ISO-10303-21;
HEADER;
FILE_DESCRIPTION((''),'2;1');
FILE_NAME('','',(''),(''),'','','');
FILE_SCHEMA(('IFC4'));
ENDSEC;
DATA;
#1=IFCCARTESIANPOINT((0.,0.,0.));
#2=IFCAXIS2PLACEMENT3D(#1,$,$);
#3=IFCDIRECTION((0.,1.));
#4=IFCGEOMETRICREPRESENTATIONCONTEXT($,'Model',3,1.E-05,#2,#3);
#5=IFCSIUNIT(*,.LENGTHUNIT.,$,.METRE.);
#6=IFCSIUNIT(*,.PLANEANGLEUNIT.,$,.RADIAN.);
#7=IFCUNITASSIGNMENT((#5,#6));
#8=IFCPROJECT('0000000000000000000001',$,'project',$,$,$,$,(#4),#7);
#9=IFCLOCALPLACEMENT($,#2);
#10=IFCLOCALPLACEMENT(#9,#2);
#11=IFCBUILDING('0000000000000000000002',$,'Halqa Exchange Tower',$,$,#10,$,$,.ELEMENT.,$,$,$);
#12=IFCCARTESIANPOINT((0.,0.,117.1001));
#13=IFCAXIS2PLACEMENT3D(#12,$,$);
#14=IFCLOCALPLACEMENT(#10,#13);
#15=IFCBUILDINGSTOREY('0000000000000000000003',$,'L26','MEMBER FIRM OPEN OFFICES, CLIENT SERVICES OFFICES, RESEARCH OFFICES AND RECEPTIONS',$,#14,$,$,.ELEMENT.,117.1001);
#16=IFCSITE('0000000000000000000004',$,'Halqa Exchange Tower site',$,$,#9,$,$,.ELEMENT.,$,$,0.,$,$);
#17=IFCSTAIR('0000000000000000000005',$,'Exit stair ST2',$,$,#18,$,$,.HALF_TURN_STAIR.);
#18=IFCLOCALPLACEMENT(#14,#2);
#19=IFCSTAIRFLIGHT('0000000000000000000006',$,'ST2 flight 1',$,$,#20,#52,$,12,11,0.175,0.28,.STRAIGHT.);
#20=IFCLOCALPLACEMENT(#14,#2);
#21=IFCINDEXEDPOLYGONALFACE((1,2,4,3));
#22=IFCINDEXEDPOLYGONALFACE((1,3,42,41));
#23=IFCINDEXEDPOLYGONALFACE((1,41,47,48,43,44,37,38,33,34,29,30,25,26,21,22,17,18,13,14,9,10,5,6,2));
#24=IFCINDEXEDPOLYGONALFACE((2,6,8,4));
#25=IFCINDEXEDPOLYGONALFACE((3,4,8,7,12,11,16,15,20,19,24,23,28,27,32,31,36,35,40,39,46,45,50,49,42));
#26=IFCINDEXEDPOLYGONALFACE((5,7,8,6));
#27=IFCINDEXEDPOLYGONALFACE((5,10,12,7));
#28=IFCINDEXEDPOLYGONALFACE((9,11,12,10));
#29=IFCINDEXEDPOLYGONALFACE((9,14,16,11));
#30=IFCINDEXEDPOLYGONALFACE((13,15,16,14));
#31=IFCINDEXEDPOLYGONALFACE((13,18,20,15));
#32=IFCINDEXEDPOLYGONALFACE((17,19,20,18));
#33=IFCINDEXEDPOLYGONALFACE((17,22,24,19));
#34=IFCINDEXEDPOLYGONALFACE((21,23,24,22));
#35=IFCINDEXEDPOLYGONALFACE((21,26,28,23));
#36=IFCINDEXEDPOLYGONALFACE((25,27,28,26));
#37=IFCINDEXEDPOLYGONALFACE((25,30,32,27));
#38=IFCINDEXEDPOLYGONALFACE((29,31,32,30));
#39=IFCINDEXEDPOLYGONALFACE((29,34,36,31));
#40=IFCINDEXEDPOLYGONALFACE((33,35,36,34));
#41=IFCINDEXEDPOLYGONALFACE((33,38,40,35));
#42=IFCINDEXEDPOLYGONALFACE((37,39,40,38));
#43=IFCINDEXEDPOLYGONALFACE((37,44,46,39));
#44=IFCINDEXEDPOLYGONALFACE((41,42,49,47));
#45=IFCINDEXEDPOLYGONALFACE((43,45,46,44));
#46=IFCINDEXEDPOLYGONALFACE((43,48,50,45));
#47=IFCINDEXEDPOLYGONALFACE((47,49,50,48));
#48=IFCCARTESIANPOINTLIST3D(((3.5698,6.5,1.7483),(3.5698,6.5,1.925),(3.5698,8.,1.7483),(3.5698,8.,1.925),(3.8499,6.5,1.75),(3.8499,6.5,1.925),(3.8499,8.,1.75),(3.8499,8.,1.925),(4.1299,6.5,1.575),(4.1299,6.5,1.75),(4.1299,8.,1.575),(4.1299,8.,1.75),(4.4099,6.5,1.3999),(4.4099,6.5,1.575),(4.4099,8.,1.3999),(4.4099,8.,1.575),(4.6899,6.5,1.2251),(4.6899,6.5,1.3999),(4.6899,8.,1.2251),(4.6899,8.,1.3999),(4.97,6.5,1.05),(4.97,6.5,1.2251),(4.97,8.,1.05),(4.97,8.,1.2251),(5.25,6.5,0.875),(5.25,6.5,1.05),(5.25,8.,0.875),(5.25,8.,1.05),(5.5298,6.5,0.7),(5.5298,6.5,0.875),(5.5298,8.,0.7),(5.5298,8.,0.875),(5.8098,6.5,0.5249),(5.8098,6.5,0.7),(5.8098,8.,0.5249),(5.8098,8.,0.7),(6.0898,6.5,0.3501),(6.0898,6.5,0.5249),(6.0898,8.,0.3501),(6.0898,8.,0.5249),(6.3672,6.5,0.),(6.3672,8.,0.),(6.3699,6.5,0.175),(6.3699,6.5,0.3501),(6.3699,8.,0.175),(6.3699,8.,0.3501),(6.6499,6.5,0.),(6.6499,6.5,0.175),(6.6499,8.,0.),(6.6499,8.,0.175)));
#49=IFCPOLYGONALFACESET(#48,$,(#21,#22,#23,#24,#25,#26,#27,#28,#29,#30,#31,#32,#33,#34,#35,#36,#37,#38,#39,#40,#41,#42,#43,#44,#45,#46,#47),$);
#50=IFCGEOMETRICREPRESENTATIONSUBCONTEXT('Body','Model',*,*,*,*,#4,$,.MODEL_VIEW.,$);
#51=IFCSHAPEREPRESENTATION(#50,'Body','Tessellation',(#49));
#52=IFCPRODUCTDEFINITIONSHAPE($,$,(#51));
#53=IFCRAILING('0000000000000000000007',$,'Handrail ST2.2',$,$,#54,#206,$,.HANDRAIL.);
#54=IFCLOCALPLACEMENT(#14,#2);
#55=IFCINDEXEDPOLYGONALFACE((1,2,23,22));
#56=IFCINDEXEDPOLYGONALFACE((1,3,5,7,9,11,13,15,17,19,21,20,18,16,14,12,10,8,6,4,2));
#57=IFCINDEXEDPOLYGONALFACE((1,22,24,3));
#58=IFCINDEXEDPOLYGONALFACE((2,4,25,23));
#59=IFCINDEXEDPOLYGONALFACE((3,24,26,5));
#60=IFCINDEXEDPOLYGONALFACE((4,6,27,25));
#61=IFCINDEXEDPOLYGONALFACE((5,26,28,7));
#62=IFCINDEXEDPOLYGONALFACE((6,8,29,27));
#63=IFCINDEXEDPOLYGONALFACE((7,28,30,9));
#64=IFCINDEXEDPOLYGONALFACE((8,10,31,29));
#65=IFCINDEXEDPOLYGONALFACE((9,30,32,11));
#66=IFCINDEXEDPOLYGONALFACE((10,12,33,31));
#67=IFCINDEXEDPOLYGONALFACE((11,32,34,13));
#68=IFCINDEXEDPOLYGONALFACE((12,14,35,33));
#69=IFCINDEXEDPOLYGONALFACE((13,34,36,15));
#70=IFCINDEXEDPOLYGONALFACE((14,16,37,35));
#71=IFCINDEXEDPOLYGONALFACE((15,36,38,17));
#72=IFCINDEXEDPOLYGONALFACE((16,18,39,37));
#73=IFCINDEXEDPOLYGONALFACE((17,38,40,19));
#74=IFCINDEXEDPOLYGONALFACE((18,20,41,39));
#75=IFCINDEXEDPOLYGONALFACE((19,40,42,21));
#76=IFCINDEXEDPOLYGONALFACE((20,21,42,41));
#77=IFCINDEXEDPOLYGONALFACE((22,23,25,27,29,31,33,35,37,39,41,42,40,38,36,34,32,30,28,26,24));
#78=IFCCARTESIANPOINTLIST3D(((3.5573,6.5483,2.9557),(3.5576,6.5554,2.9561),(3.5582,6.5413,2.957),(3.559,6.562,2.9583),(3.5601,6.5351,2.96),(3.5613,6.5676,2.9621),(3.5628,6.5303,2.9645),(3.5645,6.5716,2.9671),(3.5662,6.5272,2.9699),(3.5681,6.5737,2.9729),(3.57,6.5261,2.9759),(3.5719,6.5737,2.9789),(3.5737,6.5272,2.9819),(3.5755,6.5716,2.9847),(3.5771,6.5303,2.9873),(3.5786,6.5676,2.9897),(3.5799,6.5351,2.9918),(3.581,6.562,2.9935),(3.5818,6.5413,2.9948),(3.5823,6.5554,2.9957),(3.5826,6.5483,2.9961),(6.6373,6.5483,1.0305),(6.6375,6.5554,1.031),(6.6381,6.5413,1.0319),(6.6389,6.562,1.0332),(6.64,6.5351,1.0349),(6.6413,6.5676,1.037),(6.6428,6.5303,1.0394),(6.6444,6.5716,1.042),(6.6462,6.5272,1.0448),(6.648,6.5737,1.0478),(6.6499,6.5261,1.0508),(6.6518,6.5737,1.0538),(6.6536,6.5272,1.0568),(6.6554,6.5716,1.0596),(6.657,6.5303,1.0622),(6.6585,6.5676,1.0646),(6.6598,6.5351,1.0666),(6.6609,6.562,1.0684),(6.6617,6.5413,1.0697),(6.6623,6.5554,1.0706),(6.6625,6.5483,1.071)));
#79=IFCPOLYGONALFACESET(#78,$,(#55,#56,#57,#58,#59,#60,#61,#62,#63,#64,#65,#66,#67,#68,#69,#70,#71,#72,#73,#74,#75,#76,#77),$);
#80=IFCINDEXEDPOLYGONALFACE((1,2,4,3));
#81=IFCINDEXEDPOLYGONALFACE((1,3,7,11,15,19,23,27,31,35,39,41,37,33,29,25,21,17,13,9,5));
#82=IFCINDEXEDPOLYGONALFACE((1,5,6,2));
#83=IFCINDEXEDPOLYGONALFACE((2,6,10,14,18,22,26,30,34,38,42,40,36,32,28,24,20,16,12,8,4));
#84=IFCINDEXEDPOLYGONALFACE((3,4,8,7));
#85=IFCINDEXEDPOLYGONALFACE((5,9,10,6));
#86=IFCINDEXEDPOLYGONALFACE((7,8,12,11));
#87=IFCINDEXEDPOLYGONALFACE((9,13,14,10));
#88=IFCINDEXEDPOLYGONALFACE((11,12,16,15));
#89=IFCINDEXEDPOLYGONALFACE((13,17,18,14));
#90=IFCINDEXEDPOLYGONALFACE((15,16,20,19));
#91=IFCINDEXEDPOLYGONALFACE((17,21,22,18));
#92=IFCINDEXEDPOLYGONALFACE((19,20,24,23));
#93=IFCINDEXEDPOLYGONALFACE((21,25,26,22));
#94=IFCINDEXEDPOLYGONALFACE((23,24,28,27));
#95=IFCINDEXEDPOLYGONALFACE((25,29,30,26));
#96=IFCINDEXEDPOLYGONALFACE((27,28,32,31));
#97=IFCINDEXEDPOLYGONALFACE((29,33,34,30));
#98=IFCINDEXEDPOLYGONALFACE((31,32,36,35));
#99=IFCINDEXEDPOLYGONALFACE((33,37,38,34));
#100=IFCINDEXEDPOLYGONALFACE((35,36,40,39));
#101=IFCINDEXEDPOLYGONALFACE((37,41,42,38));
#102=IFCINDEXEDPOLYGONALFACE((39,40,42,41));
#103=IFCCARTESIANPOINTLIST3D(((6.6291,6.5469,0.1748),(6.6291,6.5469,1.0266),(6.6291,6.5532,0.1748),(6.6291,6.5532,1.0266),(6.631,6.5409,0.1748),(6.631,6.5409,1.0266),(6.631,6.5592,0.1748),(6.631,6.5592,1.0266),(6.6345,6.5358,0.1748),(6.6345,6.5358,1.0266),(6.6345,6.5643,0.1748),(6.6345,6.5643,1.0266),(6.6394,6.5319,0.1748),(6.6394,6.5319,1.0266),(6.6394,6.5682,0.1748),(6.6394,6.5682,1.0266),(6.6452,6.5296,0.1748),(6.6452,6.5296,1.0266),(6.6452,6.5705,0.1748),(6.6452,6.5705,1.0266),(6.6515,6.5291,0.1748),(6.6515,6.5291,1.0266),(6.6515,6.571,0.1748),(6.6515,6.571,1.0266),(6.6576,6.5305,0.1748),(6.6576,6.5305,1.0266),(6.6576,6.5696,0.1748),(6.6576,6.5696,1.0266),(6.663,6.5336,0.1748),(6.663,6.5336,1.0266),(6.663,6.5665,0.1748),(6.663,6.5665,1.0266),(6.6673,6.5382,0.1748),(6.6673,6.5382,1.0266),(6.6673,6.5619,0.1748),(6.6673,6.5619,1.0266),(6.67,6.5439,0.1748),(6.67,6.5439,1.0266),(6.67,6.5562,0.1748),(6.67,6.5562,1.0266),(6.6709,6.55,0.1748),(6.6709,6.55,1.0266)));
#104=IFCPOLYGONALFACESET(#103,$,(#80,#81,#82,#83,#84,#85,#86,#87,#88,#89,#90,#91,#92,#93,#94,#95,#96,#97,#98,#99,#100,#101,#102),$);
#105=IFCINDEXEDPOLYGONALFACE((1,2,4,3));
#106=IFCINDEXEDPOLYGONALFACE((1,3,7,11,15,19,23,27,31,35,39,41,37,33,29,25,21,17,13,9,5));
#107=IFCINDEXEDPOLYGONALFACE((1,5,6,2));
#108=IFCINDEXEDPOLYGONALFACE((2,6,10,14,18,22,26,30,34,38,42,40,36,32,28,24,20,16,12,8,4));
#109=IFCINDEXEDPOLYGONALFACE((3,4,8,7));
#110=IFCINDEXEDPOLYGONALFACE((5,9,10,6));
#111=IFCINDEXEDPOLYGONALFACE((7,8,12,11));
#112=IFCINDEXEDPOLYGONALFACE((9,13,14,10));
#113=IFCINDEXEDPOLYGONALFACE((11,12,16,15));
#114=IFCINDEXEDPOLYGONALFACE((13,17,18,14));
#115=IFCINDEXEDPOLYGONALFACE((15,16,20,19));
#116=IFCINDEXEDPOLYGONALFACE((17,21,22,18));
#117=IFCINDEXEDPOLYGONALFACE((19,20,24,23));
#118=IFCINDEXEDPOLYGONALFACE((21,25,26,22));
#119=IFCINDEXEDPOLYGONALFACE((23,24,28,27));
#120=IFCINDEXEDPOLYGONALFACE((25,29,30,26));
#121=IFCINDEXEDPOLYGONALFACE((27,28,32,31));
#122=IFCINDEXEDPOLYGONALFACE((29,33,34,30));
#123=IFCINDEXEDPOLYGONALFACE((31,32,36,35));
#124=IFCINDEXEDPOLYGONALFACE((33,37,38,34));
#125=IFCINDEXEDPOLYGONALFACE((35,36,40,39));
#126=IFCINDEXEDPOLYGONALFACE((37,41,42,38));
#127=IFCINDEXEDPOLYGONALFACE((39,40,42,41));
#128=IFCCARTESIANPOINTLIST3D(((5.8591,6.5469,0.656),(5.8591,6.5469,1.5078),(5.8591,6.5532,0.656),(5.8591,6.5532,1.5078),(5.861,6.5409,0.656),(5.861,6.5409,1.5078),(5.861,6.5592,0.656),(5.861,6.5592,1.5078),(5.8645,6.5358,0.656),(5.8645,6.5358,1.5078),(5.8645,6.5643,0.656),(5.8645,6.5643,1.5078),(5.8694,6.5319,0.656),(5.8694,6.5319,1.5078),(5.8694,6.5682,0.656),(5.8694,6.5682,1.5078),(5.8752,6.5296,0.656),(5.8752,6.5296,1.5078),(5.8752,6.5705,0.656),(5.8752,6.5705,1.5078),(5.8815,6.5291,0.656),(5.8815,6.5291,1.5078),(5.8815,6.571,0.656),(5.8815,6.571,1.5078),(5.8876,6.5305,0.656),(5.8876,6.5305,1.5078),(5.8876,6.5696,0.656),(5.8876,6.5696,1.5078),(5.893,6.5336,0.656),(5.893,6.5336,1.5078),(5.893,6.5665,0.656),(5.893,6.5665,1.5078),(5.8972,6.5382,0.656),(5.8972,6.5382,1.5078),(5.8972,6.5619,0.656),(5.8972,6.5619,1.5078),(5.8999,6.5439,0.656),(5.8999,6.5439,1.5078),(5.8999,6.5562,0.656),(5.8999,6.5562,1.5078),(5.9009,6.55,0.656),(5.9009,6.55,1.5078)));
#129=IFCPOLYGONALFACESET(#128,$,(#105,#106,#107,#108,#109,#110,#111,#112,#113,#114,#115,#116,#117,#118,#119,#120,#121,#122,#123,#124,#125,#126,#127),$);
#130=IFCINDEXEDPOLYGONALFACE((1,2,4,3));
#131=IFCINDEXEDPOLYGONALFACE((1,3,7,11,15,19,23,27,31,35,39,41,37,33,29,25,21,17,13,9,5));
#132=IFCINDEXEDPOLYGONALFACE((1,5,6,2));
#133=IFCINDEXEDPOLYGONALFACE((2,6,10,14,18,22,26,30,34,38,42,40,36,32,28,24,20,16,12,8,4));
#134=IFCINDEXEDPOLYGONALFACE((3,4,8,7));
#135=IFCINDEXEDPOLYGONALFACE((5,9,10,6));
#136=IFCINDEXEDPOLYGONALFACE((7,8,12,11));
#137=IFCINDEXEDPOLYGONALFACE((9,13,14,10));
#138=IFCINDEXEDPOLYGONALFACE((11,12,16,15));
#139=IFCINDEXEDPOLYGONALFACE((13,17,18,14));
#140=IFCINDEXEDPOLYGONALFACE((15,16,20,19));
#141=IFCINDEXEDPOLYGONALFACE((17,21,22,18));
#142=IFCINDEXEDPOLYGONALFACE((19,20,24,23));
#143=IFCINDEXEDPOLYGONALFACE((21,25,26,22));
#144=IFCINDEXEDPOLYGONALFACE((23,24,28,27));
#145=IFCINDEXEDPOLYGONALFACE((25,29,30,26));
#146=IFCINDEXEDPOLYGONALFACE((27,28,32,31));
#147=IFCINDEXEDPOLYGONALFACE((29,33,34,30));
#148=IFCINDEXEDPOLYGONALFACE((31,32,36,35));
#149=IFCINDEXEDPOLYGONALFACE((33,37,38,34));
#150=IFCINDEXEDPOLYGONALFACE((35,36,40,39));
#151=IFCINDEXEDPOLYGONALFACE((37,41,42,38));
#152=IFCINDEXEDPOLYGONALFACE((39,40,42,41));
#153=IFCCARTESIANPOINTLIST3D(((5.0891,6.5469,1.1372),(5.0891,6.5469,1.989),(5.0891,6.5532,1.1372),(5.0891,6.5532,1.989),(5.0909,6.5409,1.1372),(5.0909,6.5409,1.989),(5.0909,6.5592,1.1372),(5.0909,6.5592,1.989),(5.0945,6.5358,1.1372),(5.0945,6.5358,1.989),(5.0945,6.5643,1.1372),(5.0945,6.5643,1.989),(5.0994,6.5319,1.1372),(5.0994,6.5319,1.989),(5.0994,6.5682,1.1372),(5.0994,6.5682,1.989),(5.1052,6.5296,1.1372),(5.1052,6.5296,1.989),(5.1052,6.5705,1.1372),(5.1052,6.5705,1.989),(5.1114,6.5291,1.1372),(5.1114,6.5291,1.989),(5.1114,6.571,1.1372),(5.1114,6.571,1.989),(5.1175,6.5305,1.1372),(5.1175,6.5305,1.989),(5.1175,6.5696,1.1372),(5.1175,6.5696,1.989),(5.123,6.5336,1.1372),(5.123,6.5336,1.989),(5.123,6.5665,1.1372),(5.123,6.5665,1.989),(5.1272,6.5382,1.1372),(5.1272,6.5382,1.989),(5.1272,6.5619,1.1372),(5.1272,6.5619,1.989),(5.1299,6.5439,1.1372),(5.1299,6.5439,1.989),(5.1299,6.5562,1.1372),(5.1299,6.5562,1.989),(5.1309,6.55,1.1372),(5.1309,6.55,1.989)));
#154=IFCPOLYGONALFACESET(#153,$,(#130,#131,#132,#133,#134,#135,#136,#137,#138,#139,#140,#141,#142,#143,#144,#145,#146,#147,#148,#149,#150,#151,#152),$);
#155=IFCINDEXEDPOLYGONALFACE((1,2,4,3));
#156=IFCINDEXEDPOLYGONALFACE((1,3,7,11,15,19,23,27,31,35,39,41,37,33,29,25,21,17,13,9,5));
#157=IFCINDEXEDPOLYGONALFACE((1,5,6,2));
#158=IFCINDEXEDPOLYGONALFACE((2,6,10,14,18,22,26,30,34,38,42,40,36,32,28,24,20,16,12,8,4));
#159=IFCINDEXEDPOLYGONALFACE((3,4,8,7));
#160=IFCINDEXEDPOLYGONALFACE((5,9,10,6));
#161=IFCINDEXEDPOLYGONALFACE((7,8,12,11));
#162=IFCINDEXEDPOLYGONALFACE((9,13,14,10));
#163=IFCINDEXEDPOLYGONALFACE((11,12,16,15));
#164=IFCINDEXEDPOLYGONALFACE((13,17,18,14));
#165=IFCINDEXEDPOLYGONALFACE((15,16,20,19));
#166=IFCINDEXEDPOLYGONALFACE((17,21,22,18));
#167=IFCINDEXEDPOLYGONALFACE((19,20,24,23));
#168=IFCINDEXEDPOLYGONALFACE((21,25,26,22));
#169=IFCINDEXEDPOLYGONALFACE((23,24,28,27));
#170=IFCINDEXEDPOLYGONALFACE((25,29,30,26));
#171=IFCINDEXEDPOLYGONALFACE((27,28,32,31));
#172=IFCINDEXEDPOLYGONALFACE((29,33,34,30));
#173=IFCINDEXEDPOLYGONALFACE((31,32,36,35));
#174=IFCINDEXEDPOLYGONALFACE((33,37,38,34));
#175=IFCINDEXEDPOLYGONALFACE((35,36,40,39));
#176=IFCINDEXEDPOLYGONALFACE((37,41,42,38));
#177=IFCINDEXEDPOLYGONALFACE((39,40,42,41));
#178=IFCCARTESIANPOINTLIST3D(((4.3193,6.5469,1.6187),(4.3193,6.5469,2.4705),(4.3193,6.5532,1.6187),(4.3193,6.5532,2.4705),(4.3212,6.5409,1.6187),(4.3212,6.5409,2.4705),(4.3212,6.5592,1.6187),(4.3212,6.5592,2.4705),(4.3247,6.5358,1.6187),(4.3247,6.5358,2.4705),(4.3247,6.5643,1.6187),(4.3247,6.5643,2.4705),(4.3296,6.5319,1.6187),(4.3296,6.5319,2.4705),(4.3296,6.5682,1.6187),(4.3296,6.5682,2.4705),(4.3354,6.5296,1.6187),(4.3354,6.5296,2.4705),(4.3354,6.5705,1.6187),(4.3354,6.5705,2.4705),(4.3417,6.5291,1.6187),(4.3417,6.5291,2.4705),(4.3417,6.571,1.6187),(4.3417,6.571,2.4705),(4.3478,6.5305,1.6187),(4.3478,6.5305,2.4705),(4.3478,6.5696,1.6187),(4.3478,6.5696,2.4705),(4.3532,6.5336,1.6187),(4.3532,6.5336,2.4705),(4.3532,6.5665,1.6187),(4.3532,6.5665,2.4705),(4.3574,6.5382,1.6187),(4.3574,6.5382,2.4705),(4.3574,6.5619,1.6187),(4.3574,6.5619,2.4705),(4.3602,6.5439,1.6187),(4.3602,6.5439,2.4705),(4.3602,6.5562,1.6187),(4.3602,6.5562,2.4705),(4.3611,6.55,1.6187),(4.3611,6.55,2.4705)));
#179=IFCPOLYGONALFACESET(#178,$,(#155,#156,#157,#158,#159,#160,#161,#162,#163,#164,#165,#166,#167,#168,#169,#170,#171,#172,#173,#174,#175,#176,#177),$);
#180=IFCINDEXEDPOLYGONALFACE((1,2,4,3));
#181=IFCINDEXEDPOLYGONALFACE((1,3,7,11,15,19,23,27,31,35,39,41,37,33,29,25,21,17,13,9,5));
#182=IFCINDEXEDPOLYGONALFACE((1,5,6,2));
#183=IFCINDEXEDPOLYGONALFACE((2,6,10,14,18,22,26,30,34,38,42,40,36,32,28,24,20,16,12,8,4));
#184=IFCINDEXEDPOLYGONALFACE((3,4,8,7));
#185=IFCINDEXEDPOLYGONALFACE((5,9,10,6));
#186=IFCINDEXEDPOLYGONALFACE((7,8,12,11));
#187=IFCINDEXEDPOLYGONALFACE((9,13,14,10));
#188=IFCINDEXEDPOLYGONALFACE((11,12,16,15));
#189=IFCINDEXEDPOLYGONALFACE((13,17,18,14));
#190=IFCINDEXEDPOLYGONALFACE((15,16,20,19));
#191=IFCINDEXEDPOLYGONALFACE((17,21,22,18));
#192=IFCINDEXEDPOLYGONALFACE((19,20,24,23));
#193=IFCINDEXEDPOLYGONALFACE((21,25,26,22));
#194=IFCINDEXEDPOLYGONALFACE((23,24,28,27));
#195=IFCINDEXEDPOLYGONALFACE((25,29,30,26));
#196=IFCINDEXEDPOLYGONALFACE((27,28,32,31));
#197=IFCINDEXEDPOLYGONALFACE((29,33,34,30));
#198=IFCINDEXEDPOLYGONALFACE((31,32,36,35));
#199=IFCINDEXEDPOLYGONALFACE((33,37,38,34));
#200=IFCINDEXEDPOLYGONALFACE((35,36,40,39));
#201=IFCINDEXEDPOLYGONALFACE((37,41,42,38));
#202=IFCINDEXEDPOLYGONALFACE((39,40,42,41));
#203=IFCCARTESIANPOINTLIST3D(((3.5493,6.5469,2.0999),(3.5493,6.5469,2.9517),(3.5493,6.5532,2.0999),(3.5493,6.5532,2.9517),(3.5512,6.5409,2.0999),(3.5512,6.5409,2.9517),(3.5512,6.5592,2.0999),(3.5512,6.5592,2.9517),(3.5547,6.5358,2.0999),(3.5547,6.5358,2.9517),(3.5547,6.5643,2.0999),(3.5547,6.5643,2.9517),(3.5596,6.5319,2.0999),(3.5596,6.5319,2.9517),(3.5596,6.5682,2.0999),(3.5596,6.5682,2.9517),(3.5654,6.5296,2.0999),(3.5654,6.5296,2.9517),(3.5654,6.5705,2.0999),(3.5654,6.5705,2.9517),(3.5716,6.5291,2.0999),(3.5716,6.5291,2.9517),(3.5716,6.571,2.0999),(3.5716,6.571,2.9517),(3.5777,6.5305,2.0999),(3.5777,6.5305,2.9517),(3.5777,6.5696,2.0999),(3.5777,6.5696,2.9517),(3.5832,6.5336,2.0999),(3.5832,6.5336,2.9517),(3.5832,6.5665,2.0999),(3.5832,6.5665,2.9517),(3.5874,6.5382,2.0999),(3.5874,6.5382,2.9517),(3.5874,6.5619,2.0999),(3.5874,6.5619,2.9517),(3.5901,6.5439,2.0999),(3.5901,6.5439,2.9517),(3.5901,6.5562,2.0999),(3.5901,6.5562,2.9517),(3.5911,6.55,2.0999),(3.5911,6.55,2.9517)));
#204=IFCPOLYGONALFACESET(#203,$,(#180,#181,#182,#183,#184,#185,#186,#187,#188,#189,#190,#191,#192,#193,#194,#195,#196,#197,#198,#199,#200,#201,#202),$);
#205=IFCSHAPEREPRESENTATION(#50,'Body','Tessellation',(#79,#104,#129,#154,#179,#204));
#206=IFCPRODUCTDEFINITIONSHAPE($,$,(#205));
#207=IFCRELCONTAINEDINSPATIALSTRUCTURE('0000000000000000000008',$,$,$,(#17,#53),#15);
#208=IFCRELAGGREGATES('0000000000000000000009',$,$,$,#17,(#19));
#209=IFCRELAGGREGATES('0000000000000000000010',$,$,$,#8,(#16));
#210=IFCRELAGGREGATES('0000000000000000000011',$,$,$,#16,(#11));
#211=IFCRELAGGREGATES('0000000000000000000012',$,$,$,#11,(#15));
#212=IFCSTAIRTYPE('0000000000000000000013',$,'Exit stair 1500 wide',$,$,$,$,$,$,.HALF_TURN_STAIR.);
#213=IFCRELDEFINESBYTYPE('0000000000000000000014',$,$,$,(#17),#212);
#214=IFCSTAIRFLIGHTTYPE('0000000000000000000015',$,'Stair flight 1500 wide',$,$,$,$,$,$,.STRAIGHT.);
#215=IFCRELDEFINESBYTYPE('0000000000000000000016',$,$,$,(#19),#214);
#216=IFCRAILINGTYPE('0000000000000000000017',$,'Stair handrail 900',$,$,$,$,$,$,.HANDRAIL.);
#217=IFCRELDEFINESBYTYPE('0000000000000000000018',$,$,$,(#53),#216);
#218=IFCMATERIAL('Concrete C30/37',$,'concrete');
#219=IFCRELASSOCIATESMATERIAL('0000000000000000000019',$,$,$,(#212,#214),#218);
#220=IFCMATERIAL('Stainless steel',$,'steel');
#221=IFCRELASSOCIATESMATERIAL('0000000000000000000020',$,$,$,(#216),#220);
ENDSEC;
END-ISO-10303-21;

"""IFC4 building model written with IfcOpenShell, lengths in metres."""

from ifc_helpers import new_model, si_unit, direction, frame, origin, origin_2d, place, context, subcontext, project, spatial, polyline, circle, outline, extrude, material, type_object, element, aggregate, save


model = new_model("IFC4")

# Units and contexts
model_context = context("Model", 3, precision=1e-05, world=origin(), true_north=direction((0.0, 1.0)))
body_context = subcontext(model_context, "Body", "Model", "MODEL_VIEW")
ifc_project = project(units=[si_unit("LENGTHUNIT", "METRE"), si_unit("PLANEANGLEUNIT", "RADIAN")], contexts=[model_context])

# Site, building, storey
site_placement = place(None, origin())
site = spatial("IfcSite", under=ifc_project, at=site_placement, Name="Halqa Exchange Tower site", CompositionType="ELEMENT", RefElevation=0.0)
building_placement = place(site_placement, origin())
building = spatial("IfcBuilding", under=site, at=building_placement, Name="Halqa Exchange Tower", CompositionType="ELEMENT")
storey_placement = place(building_placement, frame((0.0, 0.0, 117.1001)))
storey = spatial("IfcBuildingStorey", under=building, at=storey_placement, Name="L26", Description="MEMBER FIRM OPEN OFFICES, CLIENT SERVICES OFFICES, RESEARCH OFFICES AND RECEPTIONS", CompositionType="ELEMENT", Elevation=117.1001)

# Stair
ifc_material_1 = material(Name="Concrete C30/37", Category="concrete")
stair_type = type_object("IfcStairType", Name="Exit stair 1500 wide", PredefinedType="HALF_TURN_STAIR", material=ifc_material_1)
stair_1_placement = place(storey_placement, origin())
stair_1 = element("IfcStair", 1, at=stair_1_placement, inside=storey, type_object=stair_type, Name="Exit stair ST2", PredefinedType="HALF_TURN_STAIR")

# Stair flight
stair_flight_type = type_object("IfcStairFlightType", Name="Stair flight 1500 wide", PredefinedType="STRAIGHT", material=ifc_material_1)
stair_flight_placement = place(storey_placement, frame((6.6499, 7.25, 0.0), z_axis=(0.0, 0.0, 1.0), x_axis=(-1.0, 0.0, 0.0)))
stair_flight = element("IfcStairFlight", 2, at=stair_flight_placement, type_object=stair_flight_type, Name="ST2 flight 1", NumberOfRisers=12, NumberOfTreads=11, PredefinedType="STRAIGHT", RiserHeight=0.175, TreadLength=0.28, context=body_context, shape_type="SweptSolid", body=[
    extrude(outline(polyline([(0.0, 0.0), (0.0, 0.175), (0.28, 0.175), (0.28, 0.3501), (0.5601, 0.3501), (0.5601, 0.5249), (0.8401, 0.5249), (0.8401, 0.7), (1.1201, 0.7), (1.1201, 0.875), (1.3999, 0.875), (1.3999, 1.05), (1.6799, 1.05), (1.6799, 1.2251), (1.96, 1.2251), (1.96, 1.3999), (2.24, 1.3999), (2.24, 1.575), (2.52, 1.575), (2.52, 1.75), (2.8, 1.75), (2.8, 1.925), (3.0801, 1.925), (3.0801, 2.1001), (3.0801, 1.7483), (0.2827, 0.0), (0.0, 0.0)])), frame((0.0, 0.75, 0.0), z_axis=(0.0, -1.0, 0.0), x_axis=(1.0, 0.0, 0.0)), (0.0, 0.0, 1.0), 1.5),
])
aggregate(stair_1, [stair_flight])

# Railing
ifc_material_2 = material(Name="Stainless steel", Category="steel")
railing_type_1 = type_object("IfcRailingType", Name="Stair handrail 900", PredefinedType="HANDRAIL", material=ifc_material_2)
railing_1_placement = place(storey_placement, frame((6.6499, 6.55, 0.1748)))
element("IfcRailing", 3, at=railing_1_placement, inside=storey, type_object=railing_type_1, Name="Handrail ST2.2", PredefinedType="HANDRAIL", context=body_context, shape_type="SweptSolid", body=[
    extrude(circle(Radius=0.0239, at=origin_2d()), frame((0.0, 0.0, 0.876), z_axis=(-0.847979, 0.0, 0.530029), x_axis=(0.0, -1.0, 0.0)), (0.0, 0.0, 1.0), 3.6321),
    extrude(circle(Radius=0.021, at=origin_2d()), origin(), (0.0, 0.0, 1.0), 0.8518),
    extrude(circle(Radius=0.021, at=origin_2d()), frame((-0.77, 0.0, 0.4812)), (0.0, 0.0, 1.0), 0.8518),
    extrude(circle(Radius=0.021, at=origin_2d()), frame((-1.54, 0.0, 0.9624)), (0.0, 0.0, 1.0), 0.8518),
    extrude(circle(Radius=0.021, at=origin_2d()), frame((-2.3098, 0.0, 1.4438)), (0.0, 0.0, 1.0), 0.8518),
    extrude(circle(Radius=0.021, at=origin_2d()), frame((-3.0798, 0.0, 1.925)), (0.0, 0.0, 1.0), 0.8518),
])

save(model, "model.ifc")
